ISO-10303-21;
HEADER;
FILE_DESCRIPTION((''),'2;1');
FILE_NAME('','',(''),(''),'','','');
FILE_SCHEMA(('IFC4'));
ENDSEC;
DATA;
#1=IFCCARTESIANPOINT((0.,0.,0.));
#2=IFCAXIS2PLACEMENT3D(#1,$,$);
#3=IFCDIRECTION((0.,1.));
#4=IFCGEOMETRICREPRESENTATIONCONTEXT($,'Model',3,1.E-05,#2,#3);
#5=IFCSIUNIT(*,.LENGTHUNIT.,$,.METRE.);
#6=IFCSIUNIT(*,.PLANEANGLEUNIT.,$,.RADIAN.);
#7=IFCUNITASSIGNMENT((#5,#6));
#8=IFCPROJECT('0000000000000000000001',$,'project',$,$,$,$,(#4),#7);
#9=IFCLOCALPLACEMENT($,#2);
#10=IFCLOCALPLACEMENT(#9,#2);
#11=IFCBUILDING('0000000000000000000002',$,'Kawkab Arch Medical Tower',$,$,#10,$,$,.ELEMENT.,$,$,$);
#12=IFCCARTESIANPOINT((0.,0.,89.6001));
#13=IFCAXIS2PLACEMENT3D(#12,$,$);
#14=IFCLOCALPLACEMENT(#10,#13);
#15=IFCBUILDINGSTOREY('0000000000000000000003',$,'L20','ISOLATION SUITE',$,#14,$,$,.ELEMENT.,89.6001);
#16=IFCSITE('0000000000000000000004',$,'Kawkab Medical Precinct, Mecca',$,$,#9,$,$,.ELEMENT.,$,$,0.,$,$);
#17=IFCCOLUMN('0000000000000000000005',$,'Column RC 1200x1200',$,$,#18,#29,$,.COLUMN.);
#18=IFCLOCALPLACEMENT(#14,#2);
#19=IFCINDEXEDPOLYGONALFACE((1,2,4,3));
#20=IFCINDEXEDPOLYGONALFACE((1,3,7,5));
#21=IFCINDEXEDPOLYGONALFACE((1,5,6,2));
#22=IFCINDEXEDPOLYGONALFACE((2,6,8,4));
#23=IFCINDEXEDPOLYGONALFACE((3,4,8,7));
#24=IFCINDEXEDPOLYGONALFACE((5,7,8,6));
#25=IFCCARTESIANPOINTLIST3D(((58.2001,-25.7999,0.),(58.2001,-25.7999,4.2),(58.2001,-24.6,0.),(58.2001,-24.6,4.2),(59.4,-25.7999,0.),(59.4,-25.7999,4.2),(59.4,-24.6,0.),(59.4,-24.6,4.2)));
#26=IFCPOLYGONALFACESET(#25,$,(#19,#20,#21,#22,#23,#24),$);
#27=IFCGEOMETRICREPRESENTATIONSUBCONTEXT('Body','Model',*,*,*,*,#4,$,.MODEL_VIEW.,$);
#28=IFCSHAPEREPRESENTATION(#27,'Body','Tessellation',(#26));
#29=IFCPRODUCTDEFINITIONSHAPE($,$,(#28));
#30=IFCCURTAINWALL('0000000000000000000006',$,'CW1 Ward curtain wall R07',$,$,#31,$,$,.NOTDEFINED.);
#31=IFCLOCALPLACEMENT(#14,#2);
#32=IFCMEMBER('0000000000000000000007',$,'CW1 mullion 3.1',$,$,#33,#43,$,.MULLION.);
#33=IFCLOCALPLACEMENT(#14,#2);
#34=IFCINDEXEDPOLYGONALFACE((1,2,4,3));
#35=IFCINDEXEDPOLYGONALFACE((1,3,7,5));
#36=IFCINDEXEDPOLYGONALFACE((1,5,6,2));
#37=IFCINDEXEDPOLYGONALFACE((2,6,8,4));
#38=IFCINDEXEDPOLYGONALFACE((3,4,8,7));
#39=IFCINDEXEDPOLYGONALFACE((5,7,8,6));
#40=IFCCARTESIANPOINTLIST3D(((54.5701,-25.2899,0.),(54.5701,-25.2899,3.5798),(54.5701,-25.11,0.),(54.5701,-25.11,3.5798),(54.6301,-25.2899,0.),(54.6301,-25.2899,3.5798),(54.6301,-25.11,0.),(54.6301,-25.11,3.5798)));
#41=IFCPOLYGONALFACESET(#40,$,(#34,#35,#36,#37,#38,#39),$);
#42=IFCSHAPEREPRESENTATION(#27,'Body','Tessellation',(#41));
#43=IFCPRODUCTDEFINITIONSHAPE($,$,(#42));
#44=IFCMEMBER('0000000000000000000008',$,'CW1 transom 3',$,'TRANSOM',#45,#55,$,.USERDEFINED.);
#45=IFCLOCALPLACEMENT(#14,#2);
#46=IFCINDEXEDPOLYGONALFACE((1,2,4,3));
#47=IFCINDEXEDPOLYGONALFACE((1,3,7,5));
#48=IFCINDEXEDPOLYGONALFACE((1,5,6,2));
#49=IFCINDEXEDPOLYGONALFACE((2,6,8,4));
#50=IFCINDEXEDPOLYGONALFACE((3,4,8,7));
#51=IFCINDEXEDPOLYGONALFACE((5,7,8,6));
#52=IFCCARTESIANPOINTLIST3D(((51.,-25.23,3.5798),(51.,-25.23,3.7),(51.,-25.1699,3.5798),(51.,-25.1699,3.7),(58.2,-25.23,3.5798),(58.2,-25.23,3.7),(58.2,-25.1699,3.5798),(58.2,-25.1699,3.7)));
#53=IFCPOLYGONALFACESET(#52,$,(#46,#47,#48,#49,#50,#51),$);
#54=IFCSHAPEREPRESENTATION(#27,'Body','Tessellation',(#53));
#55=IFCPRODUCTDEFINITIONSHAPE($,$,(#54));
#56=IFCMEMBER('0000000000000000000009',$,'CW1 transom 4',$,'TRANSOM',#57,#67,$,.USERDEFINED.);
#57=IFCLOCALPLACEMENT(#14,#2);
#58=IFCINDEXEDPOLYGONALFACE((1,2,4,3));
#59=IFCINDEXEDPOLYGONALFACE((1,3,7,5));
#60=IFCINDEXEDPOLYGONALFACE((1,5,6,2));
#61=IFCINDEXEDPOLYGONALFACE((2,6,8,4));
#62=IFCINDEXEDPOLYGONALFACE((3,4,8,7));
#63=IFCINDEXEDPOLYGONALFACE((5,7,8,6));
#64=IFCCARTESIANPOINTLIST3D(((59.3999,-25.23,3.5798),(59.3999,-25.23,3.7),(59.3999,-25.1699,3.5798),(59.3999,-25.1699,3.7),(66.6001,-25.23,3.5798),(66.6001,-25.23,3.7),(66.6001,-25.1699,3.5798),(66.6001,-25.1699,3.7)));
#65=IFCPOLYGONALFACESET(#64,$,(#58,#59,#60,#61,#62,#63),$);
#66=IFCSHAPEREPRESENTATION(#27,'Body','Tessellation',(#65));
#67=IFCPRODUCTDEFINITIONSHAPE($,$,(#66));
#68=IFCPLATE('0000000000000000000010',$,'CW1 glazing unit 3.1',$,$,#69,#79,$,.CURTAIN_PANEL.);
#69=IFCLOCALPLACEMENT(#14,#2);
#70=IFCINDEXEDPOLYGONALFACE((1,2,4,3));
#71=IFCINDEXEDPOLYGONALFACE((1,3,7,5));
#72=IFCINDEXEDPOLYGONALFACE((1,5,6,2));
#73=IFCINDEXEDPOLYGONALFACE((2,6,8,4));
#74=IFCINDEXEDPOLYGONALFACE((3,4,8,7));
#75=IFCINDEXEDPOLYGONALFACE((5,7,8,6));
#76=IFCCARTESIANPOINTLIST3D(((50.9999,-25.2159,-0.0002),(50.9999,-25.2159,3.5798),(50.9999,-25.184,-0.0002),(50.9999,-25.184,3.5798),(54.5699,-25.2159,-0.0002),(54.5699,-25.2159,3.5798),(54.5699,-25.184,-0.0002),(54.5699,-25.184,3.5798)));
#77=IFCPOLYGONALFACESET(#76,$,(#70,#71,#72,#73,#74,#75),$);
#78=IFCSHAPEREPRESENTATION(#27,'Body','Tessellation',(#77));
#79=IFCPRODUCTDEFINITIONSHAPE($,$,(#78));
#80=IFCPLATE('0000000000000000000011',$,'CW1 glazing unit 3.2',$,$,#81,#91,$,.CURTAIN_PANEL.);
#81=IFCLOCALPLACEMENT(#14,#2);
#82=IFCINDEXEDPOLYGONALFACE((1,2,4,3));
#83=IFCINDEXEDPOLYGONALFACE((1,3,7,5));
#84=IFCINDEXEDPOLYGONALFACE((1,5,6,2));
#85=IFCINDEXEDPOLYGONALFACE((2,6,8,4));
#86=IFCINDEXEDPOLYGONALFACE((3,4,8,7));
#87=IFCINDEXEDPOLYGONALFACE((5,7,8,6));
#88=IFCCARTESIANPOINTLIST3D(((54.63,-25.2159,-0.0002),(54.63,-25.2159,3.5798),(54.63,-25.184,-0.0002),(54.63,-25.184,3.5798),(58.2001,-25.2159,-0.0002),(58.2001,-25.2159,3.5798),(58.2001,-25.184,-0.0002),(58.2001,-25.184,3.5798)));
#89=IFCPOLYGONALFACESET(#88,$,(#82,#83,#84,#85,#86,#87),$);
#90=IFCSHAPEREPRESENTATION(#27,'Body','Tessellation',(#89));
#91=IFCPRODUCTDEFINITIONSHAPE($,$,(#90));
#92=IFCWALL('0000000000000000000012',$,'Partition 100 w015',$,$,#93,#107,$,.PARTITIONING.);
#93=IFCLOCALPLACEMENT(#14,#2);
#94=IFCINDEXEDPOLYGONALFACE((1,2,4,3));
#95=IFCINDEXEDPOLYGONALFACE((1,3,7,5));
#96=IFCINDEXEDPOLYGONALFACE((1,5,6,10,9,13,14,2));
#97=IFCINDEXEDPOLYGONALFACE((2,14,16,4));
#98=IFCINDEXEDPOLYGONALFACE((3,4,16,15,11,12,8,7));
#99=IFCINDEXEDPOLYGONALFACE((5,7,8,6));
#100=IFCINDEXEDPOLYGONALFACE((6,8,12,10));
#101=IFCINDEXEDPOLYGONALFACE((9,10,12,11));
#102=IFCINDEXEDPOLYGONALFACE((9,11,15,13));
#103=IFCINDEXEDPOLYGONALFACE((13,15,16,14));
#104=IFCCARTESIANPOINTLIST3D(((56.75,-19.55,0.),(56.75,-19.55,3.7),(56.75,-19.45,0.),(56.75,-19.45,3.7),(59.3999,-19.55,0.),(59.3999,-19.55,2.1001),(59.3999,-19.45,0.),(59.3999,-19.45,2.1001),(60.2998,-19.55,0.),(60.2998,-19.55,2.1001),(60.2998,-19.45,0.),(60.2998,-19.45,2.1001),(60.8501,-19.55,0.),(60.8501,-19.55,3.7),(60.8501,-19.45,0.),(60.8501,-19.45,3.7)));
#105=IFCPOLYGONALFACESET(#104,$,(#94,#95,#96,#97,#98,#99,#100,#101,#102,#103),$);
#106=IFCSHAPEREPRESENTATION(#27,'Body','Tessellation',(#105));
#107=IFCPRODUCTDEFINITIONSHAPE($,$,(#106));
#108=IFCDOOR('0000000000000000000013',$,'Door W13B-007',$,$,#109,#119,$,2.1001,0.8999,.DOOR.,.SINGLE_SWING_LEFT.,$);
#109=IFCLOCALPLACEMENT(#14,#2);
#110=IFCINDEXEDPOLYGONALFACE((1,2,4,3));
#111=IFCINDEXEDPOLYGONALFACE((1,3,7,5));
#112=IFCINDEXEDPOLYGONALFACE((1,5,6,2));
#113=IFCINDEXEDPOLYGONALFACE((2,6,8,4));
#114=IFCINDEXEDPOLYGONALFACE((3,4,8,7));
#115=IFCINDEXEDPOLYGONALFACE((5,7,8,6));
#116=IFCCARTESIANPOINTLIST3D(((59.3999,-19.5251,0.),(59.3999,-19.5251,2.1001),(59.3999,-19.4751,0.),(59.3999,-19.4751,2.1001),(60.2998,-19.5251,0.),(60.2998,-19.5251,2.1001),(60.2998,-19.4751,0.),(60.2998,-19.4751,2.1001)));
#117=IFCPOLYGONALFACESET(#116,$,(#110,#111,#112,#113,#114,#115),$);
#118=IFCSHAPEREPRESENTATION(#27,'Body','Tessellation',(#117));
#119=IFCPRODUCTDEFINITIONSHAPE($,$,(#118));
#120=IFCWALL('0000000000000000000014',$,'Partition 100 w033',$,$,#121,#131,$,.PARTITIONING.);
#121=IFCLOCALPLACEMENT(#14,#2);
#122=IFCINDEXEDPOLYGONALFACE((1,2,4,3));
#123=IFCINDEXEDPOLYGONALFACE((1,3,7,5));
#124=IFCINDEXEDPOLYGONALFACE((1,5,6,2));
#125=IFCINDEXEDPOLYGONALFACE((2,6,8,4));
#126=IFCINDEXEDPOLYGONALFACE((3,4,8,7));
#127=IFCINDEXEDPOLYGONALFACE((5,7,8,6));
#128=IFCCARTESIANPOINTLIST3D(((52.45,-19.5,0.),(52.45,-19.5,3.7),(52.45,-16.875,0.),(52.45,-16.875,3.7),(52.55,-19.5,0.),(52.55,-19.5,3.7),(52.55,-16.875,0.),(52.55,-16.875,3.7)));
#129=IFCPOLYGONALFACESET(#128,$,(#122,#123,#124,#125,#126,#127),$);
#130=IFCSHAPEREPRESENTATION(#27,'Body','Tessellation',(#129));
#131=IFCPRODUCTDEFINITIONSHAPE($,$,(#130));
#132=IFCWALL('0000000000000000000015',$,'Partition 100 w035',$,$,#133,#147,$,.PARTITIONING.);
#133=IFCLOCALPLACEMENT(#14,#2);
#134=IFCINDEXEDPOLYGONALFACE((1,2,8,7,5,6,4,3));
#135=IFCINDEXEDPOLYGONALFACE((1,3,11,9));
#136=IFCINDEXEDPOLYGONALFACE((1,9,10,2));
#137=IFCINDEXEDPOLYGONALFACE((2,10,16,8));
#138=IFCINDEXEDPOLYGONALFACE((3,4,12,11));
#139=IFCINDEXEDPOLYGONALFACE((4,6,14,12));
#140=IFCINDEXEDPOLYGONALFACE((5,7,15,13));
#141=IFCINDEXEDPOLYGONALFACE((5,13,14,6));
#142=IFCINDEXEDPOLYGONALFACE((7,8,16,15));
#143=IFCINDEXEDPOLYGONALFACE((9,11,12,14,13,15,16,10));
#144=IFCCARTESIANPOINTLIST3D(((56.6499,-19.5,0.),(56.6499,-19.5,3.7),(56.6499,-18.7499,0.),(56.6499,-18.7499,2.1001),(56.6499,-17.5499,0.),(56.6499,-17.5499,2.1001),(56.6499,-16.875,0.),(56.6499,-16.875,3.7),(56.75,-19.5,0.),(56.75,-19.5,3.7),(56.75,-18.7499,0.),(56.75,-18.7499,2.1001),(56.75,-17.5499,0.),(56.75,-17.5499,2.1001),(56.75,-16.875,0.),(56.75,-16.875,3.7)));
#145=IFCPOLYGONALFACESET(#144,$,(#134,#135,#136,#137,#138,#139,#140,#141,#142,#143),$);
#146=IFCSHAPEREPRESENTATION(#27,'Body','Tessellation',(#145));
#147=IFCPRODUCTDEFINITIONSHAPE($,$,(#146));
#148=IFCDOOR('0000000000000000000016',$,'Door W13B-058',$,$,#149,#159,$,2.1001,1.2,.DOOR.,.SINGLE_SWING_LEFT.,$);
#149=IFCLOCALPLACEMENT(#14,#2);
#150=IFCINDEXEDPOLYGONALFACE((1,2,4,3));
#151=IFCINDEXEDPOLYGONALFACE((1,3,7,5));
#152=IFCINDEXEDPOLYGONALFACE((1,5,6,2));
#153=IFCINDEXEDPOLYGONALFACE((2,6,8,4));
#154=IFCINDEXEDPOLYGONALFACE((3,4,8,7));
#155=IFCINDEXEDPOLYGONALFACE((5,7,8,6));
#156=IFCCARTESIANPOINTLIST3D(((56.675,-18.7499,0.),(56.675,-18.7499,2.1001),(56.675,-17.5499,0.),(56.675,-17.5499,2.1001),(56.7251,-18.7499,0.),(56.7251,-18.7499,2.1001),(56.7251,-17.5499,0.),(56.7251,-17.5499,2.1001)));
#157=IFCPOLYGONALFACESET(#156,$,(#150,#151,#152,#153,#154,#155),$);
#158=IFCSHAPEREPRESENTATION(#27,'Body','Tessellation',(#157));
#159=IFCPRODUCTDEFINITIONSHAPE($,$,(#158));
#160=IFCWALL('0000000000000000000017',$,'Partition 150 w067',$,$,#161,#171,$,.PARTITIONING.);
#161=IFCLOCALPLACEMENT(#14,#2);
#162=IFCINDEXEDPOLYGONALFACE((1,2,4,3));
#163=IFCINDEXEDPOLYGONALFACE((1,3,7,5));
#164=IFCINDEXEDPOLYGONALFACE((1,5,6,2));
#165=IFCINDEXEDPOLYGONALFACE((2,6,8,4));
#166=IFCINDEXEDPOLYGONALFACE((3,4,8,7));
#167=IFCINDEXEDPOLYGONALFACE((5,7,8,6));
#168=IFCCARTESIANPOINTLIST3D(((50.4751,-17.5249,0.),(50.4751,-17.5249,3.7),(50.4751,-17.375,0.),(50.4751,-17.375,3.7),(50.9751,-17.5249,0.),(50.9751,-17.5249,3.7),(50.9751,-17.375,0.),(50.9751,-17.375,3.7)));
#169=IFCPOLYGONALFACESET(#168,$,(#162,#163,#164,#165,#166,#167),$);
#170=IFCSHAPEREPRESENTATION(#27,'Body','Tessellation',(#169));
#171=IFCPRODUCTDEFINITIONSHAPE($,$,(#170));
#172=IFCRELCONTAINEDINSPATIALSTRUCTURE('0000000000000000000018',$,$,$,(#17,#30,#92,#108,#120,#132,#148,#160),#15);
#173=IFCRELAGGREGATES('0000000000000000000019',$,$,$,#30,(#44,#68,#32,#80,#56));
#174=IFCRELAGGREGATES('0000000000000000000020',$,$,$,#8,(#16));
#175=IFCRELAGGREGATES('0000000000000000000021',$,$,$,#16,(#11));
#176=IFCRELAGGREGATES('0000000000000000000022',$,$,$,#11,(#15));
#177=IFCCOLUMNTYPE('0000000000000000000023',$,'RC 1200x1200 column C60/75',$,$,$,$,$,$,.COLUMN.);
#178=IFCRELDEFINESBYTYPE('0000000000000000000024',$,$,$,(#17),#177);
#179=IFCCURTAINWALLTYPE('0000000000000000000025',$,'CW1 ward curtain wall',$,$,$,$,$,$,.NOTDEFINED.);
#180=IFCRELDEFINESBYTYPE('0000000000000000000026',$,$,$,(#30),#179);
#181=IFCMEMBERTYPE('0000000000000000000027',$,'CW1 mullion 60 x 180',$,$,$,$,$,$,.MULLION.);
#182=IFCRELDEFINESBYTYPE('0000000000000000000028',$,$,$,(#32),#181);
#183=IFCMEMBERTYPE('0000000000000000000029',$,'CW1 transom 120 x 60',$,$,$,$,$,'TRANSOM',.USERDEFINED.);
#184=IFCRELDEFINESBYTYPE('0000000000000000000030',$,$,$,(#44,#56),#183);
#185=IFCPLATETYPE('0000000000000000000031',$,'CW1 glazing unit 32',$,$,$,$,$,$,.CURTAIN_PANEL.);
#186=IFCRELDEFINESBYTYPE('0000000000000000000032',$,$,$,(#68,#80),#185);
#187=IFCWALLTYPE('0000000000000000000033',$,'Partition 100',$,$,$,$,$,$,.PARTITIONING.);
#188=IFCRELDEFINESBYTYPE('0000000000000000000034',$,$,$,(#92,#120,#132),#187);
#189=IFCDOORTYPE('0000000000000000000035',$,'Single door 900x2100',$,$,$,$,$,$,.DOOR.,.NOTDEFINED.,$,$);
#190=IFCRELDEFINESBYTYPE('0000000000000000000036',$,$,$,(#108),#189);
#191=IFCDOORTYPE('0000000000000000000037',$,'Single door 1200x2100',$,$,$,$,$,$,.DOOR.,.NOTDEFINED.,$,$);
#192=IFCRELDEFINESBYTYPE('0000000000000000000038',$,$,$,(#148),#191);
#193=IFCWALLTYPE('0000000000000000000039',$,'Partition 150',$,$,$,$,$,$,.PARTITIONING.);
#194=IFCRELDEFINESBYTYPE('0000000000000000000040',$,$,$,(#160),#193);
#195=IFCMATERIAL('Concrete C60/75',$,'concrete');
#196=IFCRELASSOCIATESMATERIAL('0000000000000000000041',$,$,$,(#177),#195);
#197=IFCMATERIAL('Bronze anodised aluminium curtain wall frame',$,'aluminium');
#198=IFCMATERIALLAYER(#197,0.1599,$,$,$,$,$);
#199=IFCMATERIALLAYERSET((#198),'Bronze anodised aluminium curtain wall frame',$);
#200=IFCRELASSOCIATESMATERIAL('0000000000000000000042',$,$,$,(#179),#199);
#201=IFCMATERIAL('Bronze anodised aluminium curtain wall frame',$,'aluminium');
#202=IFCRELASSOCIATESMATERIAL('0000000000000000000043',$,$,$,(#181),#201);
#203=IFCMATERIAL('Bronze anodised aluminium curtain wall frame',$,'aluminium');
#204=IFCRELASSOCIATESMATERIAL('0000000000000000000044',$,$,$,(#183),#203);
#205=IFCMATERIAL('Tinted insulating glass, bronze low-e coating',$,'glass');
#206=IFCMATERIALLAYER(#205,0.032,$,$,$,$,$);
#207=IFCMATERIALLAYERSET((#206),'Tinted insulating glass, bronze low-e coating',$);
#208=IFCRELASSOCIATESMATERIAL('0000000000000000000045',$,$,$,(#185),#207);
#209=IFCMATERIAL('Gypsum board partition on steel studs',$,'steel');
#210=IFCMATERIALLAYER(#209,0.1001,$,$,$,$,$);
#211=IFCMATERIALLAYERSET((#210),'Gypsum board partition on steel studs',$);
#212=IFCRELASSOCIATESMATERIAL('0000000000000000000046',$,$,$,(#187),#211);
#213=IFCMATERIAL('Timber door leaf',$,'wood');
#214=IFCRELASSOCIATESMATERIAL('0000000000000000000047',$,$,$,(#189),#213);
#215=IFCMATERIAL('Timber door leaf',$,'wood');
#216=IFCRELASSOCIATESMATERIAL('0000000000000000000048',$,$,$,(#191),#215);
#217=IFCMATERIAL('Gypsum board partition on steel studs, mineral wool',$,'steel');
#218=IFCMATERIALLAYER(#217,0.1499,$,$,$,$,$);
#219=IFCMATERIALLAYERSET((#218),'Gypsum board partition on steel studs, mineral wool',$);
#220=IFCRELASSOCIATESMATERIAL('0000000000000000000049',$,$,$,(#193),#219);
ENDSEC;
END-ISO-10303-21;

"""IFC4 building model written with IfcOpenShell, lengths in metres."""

from ifc_helpers import new_model, si_unit, direction, frame, frame_2d, origin, origin_2d, place, context, subcontext, project, spatial, rectangle, extrude, material, layer, layer_set, material_profile, profile_set, type_object, element, fill, aggregate, save


model = new_model("IFC4")

# Units and contexts
model_context = context("Model", 3, precision=1e-05, world=origin(), true_north=direction((0.0, 1.0)))
body_context = subcontext(model_context, "Body", "Model", "MODEL_VIEW")
ifc_project = project(units=[si_unit("LENGTHUNIT", "METRE"), si_unit("PLANEANGLEUNIT", "RADIAN")], contexts=[model_context])

# Site, building, storey
site_placement = place(None, origin())
site = spatial("IfcSite", under=ifc_project, at=site_placement, Name="Kawkab Medical Precinct, Mecca", CompositionType="ELEMENT", RefElevation=0.0)
building_placement = place(site_placement, origin())
building = spatial("IfcBuilding", under=site, at=building_placement, Name="Kawkab Arch Medical Tower", CompositionType="ELEMENT")
storey_placement = place(building_placement, frame((0.0, 0.0, 89.6001)))
storey = spatial("IfcBuildingStorey", under=building, at=storey_placement, Name="L20", Description="ISOLATION SUITE", CompositionType="ELEMENT", Elevation=89.6001)

# Column
ifc_material_1 = material(Name="Concrete C60/75", Category="concrete")
ifc_material_profile_1 = material_profile(ifc_material_1, rectangle(XDim=1.2, YDim=1.2, at=origin_2d()), Name="RC 1200x1200")
ifc_profile_set_1 = profile_set([ifc_material_profile_1], Name="Concrete C60/75")
column_type = type_object("IfcColumnType", Name="RC 1200x1200 column C60/75", PredefinedType="COLUMN", material=ifc_profile_set_1)
column_placement = place(storey_placement, frame((58.8, -25.2, 0.0), z_axis=(0.0, 0.0, 1.0), x_axis=(1.0, 0.0, 0.0)))
element("IfcColumn", 1, at=column_placement, inside=storey, type_object=column_type, Name="Column RC 1200x1200", PredefinedType="COLUMN", context=body_context, shape_type="SweptSolid", body=[
    extrude(rectangle(XDim=1.2, YDim=1.2, at=origin_2d()), origin(), (0.0, 0.0, 1.0), 4.2),
])

# Curtain wall, members, plates
ifc_material_2 = material(Name="Bronze anodised aluminium curtain wall frame", Category="aluminium")
ifc_layer_1 = layer(ifc_material_2, 0.1599)
ifc_layer_set_1 = layer_set([ifc_layer_1], Name="Bronze anodised aluminium curtain wall frame")
curtain_wall_type = type_object("IfcCurtainWallType", Name="CW1 ward curtain wall", PredefinedType="NOTDEFINED", material=ifc_layer_set_1)
curtain_wall_placement = place(storey_placement, origin())
curtain_wall = element("IfcCurtainWall", 2, at=curtain_wall_placement, inside=storey, type_object=curtain_wall_type, Name="CW1 Ward curtain wall R07", PredefinedType="NOTDEFINED")
ifc_material_3 = material(Name="Bronze anodised aluminium curtain wall frame", Category="aluminium")
ifc_material_profile_2 = material_profile(ifc_material_3, rectangle(XDim=0.1799, YDim=0.0601, at=origin_2d()), Name="AL 60x180")
ifc_profile_set_2 = profile_set([ifc_material_profile_2], Name="Bronze anodised aluminium curtain wall frame")
member_type_1 = type_object("IfcMemberType", Name="CW1 mullion 60 x 180", PredefinedType="MULLION", material=ifc_profile_set_2)
member_1_placement = place(storey_placement, frame((54.6001, -25.2, 0.0), z_axis=(0.0, 0.0, 1.0), x_axis=(0.0, 1.0, 0.0)))
member_1 = element("IfcMember", 3, at=member_1_placement, type_object=member_type_1, Name="CW1 mullion 3.1", PredefinedType="MULLION", context=body_context, shape_type="SweptSolid", body=[
    extrude(rectangle(XDim=0.1799, YDim=0.0601, at=origin_2d()), origin(), (0.0, 0.0, 1.0), 3.5798),
])
ifc_material_4 = material(Name="Bronze anodised aluminium curtain wall frame", Category="aluminium")
ifc_material_profile_3 = material_profile(ifc_material_4, rectangle(XDim=0.0601, YDim=0.1201, at=origin_2d()), Name="AL 60x120")
ifc_profile_set_3 = profile_set([ifc_material_profile_3], Name="Bronze anodised aluminium curtain wall frame")
member_type_2 = type_object("IfcMemberType", Name="CW1 transom 120 x 60", ElementType="TRANSOM", PredefinedType="USERDEFINED", material=ifc_profile_set_3)
member_2_placement = place(storey_placement, frame((51.0, -25.2, 3.6399), z_axis=(1.0, 0.0, 0.0), x_axis=(0.0, 1.0, 0.0)))
member_2 = element("IfcMember", 4, at=member_2_placement, type_object=member_type_2, Name="CW1 transom 3", ObjectType="TRANSOM", PredefinedType="USERDEFINED", context=body_context, shape_type="SweptSolid", body=[
    extrude(rectangle(XDim=0.0601, YDim=0.1201, at=origin_2d()), origin(), (0.0, 0.0, 1.0), 7.2),
])
member_3_placement = place(storey_placement, frame((59.3999, -25.2, 3.6399), z_axis=(1.0, 0.0, 0.0), x_axis=(0.0, 1.0, 0.0)))
member_3 = element("IfcMember", 5, at=member_3_placement, type_object=member_type_2, Name="CW1 transom 4", ObjectType="TRANSOM", PredefinedType="USERDEFINED", context=body_context, shape_type="SweptSolid", body=[
    extrude(rectangle(XDim=0.0601, YDim=0.1201, at=origin_2d()), origin(), (0.0, 0.0, 1.0), 7.2002),
])
ifc_material_5 = material(Name="Tinted insulating glass, bronze low-e coating", Category="glass")
ifc_layer_2 = layer(ifc_material_5, 0.032)
ifc_layer_set_2 = layer_set([ifc_layer_2], Name="Tinted insulating glass, bronze low-e coating")
plate_type = type_object("IfcPlateType", Name="CW1 glazing unit 32", PredefinedType="CURTAIN_PANEL", material=ifc_layer_set_2)
plate_1_placement = place(storey_placement, frame((52.7849, -25.2, -0.0002), z_axis=(0.0, 0.0, 1.0), x_axis=(1.0, 0.0, 0.0)))
plate_1 = element("IfcPlate", 6, at=plate_1_placement, type_object=plate_type, Name="CW1 glazing unit 3.1", PredefinedType="CURTAIN_PANEL", context=body_context, shape_type="SweptSolid", body=[
    extrude(rectangle(XDim=3.5701, YDim=0.032, at=origin_2d()), origin(), (0.0, 0.0, 1.0), 3.5801),
])
plate_2_placement = place(storey_placement, frame((56.415, -25.2, -0.0002), z_axis=(0.0, 0.0, 1.0), x_axis=(1.0, 0.0, 0.0)))
plate_2 = element("IfcPlate", 7, at=plate_2_placement, type_object=plate_type, Name="CW1 glazing unit 3.2", PredefinedType="CURTAIN_PANEL", context=body_context, shape_type="SweptSolid", body=[
    extrude(rectangle(XDim=3.5701, YDim=0.032, at=origin_2d()), origin(), (0.0, 0.0, 1.0), 3.5801),
])
aggregate(curtain_wall, [member_2, plate_1, member_1, plate_2, member_3])

# Wall, opening, door
ifc_material_6 = material(Name="Gypsum board partition on steel studs", Category="steel")
ifc_layer_3 = layer(ifc_material_6, 0.1001)
ifc_layer_set_3 = layer_set([ifc_layer_3], Name="Gypsum board partition on steel studs")
wall_type_1 = type_object("IfcWallType", Name="Partition 100", PredefinedType="PARTITIONING", material=ifc_layer_set_3)
wall_1_placement = place(storey_placement, frame((56.75, -19.5, 0.0), z_axis=(0.0, 0.0, 1.0), x_axis=(1.0, 0.0, 0.0)))
wall_1 = element("IfcWall", 8, at=wall_1_placement, inside=storey, type_object=wall_type_1, Name="Partition 100 w015", PredefinedType="PARTITIONING", context=body_context, shape_type="SweptSolid", body=[
    extrude(rectangle(XDim=4.1001, YDim=0.1001, at=frame_2d((2.05, 0.0))), origin(), (0.0, 0.0, 1.0), 3.7),
])
opening_1_placement = place(wall_1_placement, frame((2.6499, 0.0, 0.0)))
opening_1 = element("IfcOpeningElement", 9, at=opening_1_placement, cuts=wall_1, PredefinedType="OPENING", context=body_context, shape_type="SweptSolid", body=[
    extrude(rectangle(XDim=0.8999, YDim=2.1001, at=frame_2d((0.45, 1.05))), frame((0.0, 0.0601, 0.0), z_axis=(0.0, -1.0, 0.0), x_axis=(1.0, 0.0, 0.0)), (0.0, 0.0, 1.0), 0.1201),
])
ifc_material_7 = material(Name="Timber door leaf", Category="wood")
door_type_1 = type_object("IfcDoorType", Name="Single door 900x2100", OperationType="NOTDEFINED", PredefinedType="DOOR", material=ifc_material_7)
door_1_placement = place(opening_1_placement, origin())
door_1 = element("IfcDoor", 10, at=door_1_placement, inside=storey, type_object=door_type_1, Name="Door W13B-007", OperationType="SINGLE_SWING_LEFT", OverallHeight=2.1001, OverallWidth=0.8999, PredefinedType="DOOR", context=body_context, shape_type="SweptSolid", body=[
    extrude(rectangle(XDim=0.8999, YDim=2.1001, at=frame_2d((0.45, 1.05))), frame((0.0, 0.0249, 0.0), z_axis=(0.0, -1.0, 0.0), x_axis=(1.0, 0.0, 0.0)), (0.0, 0.0, 1.0), 0.05),
])
fill(opening_1, door_1)

# Wall
wall_2_placement = place(storey_placement, frame((52.5, -19.5, 0.0), z_axis=(0.0, 0.0, 1.0), x_axis=(0.0, 1.0, 0.0)))
element("IfcWall", 11, at=wall_2_placement, inside=storey, type_object=wall_type_1, Name="Partition 100 w033", PredefinedType="PARTITIONING", context=body_context, shape_type="SweptSolid", body=[
    extrude(rectangle(XDim=2.625, YDim=0.1001, at=frame_2d((1.3125, 0.0))), origin(), (0.0, 0.0, 1.0), 3.7),
])

# Wall, opening, door
wall_3_placement = place(storey_placement, frame((56.7, -19.5, 0.0), z_axis=(0.0, 0.0, 1.0), x_axis=(0.0, 1.0, 0.0)))
wall_3 = element("IfcWall", 12, at=wall_3_placement, inside=storey, type_object=wall_type_1, Name="Partition 100 w035", PredefinedType="PARTITIONING", context=body_context, shape_type="SweptSolid", body=[
    extrude(rectangle(XDim=2.625, YDim=0.1001, at=frame_2d((1.3125, 0.0))), origin(), (0.0, 0.0, 1.0), 3.7),
])
opening_2_placement = place(wall_3_placement, frame((0.75, 0.0, 0.0)))
opening_2 = element("IfcOpeningElement", 13, at=opening_2_placement, cuts=wall_3, PredefinedType="OPENING", context=body_context, shape_type="SweptSolid", body=[
    extrude(rectangle(XDim=1.2, YDim=2.1001, at=frame_2d((0.6001, 1.05))), frame((0.0, 0.0601, 0.0), z_axis=(0.0, -1.0, 0.0), x_axis=(1.0, 0.0, 0.0)), (0.0, 0.0, 1.0), 0.1201),
])
ifc_material_8 = material(Name="Timber door leaf", Category="wood")
door_type_2 = type_object("IfcDoorType", Name="Single door 1200x2100", OperationType="NOTDEFINED", PredefinedType="DOOR", material=ifc_material_8)
door_2_placement = place(opening_2_placement, origin())
door_2 = element("IfcDoor", 14, at=door_2_placement, inside=storey, type_object=door_type_2, Name="Door W13B-058", OperationType="SINGLE_SWING_LEFT", OverallHeight=2.1001, OverallWidth=1.2, PredefinedType="DOOR", context=body_context, shape_type="SweptSolid", body=[
    extrude(rectangle(XDim=1.2, YDim=2.1001, at=frame_2d((0.6001, 1.05))), frame((0.0, 0.0249, 0.0), z_axis=(0.0, -1.0, 0.0), x_axis=(1.0, 0.0, 0.0)), (0.0, 0.0, 1.0), 0.05),
])
fill(opening_2, door_2)

# Wall
ifc_material_9 = material(Name="Gypsum board partition on steel studs, mineral wool", Category="steel")
ifc_layer_4 = layer(ifc_material_9, 0.1499)
ifc_layer_set_4 = layer_set([ifc_layer_4], Name="Gypsum board partition on steel studs, mineral wool")
wall_type_2 = type_object("IfcWallType", Name="Partition 150", PredefinedType="PARTITIONING", material=ifc_layer_set_4)
for number, where, z_axis, x_axis, name in (
    (15, (50.4751, -17.45, 0.0), (0.0, 0.0, 1.0), (1.0, 0.0, 0.0), "Partition 150 w067"),
):
    element("IfcWall", number, at=place(storey_placement, frame(where, z_axis=z_axis, x_axis=x_axis)), inside=storey, type_object=wall_type_2, Name=name, PredefinedType="PARTITIONING", context=body_context, shape_type="SweptSolid", body=[
        extrude(rectangle(XDim=0.5, YDim=0.1499, at=frame_2d((0.25, 0.0))), origin(), (0.0, 0.0, 1.0), 3.7),
    ])

save(model, "model.ifc")
